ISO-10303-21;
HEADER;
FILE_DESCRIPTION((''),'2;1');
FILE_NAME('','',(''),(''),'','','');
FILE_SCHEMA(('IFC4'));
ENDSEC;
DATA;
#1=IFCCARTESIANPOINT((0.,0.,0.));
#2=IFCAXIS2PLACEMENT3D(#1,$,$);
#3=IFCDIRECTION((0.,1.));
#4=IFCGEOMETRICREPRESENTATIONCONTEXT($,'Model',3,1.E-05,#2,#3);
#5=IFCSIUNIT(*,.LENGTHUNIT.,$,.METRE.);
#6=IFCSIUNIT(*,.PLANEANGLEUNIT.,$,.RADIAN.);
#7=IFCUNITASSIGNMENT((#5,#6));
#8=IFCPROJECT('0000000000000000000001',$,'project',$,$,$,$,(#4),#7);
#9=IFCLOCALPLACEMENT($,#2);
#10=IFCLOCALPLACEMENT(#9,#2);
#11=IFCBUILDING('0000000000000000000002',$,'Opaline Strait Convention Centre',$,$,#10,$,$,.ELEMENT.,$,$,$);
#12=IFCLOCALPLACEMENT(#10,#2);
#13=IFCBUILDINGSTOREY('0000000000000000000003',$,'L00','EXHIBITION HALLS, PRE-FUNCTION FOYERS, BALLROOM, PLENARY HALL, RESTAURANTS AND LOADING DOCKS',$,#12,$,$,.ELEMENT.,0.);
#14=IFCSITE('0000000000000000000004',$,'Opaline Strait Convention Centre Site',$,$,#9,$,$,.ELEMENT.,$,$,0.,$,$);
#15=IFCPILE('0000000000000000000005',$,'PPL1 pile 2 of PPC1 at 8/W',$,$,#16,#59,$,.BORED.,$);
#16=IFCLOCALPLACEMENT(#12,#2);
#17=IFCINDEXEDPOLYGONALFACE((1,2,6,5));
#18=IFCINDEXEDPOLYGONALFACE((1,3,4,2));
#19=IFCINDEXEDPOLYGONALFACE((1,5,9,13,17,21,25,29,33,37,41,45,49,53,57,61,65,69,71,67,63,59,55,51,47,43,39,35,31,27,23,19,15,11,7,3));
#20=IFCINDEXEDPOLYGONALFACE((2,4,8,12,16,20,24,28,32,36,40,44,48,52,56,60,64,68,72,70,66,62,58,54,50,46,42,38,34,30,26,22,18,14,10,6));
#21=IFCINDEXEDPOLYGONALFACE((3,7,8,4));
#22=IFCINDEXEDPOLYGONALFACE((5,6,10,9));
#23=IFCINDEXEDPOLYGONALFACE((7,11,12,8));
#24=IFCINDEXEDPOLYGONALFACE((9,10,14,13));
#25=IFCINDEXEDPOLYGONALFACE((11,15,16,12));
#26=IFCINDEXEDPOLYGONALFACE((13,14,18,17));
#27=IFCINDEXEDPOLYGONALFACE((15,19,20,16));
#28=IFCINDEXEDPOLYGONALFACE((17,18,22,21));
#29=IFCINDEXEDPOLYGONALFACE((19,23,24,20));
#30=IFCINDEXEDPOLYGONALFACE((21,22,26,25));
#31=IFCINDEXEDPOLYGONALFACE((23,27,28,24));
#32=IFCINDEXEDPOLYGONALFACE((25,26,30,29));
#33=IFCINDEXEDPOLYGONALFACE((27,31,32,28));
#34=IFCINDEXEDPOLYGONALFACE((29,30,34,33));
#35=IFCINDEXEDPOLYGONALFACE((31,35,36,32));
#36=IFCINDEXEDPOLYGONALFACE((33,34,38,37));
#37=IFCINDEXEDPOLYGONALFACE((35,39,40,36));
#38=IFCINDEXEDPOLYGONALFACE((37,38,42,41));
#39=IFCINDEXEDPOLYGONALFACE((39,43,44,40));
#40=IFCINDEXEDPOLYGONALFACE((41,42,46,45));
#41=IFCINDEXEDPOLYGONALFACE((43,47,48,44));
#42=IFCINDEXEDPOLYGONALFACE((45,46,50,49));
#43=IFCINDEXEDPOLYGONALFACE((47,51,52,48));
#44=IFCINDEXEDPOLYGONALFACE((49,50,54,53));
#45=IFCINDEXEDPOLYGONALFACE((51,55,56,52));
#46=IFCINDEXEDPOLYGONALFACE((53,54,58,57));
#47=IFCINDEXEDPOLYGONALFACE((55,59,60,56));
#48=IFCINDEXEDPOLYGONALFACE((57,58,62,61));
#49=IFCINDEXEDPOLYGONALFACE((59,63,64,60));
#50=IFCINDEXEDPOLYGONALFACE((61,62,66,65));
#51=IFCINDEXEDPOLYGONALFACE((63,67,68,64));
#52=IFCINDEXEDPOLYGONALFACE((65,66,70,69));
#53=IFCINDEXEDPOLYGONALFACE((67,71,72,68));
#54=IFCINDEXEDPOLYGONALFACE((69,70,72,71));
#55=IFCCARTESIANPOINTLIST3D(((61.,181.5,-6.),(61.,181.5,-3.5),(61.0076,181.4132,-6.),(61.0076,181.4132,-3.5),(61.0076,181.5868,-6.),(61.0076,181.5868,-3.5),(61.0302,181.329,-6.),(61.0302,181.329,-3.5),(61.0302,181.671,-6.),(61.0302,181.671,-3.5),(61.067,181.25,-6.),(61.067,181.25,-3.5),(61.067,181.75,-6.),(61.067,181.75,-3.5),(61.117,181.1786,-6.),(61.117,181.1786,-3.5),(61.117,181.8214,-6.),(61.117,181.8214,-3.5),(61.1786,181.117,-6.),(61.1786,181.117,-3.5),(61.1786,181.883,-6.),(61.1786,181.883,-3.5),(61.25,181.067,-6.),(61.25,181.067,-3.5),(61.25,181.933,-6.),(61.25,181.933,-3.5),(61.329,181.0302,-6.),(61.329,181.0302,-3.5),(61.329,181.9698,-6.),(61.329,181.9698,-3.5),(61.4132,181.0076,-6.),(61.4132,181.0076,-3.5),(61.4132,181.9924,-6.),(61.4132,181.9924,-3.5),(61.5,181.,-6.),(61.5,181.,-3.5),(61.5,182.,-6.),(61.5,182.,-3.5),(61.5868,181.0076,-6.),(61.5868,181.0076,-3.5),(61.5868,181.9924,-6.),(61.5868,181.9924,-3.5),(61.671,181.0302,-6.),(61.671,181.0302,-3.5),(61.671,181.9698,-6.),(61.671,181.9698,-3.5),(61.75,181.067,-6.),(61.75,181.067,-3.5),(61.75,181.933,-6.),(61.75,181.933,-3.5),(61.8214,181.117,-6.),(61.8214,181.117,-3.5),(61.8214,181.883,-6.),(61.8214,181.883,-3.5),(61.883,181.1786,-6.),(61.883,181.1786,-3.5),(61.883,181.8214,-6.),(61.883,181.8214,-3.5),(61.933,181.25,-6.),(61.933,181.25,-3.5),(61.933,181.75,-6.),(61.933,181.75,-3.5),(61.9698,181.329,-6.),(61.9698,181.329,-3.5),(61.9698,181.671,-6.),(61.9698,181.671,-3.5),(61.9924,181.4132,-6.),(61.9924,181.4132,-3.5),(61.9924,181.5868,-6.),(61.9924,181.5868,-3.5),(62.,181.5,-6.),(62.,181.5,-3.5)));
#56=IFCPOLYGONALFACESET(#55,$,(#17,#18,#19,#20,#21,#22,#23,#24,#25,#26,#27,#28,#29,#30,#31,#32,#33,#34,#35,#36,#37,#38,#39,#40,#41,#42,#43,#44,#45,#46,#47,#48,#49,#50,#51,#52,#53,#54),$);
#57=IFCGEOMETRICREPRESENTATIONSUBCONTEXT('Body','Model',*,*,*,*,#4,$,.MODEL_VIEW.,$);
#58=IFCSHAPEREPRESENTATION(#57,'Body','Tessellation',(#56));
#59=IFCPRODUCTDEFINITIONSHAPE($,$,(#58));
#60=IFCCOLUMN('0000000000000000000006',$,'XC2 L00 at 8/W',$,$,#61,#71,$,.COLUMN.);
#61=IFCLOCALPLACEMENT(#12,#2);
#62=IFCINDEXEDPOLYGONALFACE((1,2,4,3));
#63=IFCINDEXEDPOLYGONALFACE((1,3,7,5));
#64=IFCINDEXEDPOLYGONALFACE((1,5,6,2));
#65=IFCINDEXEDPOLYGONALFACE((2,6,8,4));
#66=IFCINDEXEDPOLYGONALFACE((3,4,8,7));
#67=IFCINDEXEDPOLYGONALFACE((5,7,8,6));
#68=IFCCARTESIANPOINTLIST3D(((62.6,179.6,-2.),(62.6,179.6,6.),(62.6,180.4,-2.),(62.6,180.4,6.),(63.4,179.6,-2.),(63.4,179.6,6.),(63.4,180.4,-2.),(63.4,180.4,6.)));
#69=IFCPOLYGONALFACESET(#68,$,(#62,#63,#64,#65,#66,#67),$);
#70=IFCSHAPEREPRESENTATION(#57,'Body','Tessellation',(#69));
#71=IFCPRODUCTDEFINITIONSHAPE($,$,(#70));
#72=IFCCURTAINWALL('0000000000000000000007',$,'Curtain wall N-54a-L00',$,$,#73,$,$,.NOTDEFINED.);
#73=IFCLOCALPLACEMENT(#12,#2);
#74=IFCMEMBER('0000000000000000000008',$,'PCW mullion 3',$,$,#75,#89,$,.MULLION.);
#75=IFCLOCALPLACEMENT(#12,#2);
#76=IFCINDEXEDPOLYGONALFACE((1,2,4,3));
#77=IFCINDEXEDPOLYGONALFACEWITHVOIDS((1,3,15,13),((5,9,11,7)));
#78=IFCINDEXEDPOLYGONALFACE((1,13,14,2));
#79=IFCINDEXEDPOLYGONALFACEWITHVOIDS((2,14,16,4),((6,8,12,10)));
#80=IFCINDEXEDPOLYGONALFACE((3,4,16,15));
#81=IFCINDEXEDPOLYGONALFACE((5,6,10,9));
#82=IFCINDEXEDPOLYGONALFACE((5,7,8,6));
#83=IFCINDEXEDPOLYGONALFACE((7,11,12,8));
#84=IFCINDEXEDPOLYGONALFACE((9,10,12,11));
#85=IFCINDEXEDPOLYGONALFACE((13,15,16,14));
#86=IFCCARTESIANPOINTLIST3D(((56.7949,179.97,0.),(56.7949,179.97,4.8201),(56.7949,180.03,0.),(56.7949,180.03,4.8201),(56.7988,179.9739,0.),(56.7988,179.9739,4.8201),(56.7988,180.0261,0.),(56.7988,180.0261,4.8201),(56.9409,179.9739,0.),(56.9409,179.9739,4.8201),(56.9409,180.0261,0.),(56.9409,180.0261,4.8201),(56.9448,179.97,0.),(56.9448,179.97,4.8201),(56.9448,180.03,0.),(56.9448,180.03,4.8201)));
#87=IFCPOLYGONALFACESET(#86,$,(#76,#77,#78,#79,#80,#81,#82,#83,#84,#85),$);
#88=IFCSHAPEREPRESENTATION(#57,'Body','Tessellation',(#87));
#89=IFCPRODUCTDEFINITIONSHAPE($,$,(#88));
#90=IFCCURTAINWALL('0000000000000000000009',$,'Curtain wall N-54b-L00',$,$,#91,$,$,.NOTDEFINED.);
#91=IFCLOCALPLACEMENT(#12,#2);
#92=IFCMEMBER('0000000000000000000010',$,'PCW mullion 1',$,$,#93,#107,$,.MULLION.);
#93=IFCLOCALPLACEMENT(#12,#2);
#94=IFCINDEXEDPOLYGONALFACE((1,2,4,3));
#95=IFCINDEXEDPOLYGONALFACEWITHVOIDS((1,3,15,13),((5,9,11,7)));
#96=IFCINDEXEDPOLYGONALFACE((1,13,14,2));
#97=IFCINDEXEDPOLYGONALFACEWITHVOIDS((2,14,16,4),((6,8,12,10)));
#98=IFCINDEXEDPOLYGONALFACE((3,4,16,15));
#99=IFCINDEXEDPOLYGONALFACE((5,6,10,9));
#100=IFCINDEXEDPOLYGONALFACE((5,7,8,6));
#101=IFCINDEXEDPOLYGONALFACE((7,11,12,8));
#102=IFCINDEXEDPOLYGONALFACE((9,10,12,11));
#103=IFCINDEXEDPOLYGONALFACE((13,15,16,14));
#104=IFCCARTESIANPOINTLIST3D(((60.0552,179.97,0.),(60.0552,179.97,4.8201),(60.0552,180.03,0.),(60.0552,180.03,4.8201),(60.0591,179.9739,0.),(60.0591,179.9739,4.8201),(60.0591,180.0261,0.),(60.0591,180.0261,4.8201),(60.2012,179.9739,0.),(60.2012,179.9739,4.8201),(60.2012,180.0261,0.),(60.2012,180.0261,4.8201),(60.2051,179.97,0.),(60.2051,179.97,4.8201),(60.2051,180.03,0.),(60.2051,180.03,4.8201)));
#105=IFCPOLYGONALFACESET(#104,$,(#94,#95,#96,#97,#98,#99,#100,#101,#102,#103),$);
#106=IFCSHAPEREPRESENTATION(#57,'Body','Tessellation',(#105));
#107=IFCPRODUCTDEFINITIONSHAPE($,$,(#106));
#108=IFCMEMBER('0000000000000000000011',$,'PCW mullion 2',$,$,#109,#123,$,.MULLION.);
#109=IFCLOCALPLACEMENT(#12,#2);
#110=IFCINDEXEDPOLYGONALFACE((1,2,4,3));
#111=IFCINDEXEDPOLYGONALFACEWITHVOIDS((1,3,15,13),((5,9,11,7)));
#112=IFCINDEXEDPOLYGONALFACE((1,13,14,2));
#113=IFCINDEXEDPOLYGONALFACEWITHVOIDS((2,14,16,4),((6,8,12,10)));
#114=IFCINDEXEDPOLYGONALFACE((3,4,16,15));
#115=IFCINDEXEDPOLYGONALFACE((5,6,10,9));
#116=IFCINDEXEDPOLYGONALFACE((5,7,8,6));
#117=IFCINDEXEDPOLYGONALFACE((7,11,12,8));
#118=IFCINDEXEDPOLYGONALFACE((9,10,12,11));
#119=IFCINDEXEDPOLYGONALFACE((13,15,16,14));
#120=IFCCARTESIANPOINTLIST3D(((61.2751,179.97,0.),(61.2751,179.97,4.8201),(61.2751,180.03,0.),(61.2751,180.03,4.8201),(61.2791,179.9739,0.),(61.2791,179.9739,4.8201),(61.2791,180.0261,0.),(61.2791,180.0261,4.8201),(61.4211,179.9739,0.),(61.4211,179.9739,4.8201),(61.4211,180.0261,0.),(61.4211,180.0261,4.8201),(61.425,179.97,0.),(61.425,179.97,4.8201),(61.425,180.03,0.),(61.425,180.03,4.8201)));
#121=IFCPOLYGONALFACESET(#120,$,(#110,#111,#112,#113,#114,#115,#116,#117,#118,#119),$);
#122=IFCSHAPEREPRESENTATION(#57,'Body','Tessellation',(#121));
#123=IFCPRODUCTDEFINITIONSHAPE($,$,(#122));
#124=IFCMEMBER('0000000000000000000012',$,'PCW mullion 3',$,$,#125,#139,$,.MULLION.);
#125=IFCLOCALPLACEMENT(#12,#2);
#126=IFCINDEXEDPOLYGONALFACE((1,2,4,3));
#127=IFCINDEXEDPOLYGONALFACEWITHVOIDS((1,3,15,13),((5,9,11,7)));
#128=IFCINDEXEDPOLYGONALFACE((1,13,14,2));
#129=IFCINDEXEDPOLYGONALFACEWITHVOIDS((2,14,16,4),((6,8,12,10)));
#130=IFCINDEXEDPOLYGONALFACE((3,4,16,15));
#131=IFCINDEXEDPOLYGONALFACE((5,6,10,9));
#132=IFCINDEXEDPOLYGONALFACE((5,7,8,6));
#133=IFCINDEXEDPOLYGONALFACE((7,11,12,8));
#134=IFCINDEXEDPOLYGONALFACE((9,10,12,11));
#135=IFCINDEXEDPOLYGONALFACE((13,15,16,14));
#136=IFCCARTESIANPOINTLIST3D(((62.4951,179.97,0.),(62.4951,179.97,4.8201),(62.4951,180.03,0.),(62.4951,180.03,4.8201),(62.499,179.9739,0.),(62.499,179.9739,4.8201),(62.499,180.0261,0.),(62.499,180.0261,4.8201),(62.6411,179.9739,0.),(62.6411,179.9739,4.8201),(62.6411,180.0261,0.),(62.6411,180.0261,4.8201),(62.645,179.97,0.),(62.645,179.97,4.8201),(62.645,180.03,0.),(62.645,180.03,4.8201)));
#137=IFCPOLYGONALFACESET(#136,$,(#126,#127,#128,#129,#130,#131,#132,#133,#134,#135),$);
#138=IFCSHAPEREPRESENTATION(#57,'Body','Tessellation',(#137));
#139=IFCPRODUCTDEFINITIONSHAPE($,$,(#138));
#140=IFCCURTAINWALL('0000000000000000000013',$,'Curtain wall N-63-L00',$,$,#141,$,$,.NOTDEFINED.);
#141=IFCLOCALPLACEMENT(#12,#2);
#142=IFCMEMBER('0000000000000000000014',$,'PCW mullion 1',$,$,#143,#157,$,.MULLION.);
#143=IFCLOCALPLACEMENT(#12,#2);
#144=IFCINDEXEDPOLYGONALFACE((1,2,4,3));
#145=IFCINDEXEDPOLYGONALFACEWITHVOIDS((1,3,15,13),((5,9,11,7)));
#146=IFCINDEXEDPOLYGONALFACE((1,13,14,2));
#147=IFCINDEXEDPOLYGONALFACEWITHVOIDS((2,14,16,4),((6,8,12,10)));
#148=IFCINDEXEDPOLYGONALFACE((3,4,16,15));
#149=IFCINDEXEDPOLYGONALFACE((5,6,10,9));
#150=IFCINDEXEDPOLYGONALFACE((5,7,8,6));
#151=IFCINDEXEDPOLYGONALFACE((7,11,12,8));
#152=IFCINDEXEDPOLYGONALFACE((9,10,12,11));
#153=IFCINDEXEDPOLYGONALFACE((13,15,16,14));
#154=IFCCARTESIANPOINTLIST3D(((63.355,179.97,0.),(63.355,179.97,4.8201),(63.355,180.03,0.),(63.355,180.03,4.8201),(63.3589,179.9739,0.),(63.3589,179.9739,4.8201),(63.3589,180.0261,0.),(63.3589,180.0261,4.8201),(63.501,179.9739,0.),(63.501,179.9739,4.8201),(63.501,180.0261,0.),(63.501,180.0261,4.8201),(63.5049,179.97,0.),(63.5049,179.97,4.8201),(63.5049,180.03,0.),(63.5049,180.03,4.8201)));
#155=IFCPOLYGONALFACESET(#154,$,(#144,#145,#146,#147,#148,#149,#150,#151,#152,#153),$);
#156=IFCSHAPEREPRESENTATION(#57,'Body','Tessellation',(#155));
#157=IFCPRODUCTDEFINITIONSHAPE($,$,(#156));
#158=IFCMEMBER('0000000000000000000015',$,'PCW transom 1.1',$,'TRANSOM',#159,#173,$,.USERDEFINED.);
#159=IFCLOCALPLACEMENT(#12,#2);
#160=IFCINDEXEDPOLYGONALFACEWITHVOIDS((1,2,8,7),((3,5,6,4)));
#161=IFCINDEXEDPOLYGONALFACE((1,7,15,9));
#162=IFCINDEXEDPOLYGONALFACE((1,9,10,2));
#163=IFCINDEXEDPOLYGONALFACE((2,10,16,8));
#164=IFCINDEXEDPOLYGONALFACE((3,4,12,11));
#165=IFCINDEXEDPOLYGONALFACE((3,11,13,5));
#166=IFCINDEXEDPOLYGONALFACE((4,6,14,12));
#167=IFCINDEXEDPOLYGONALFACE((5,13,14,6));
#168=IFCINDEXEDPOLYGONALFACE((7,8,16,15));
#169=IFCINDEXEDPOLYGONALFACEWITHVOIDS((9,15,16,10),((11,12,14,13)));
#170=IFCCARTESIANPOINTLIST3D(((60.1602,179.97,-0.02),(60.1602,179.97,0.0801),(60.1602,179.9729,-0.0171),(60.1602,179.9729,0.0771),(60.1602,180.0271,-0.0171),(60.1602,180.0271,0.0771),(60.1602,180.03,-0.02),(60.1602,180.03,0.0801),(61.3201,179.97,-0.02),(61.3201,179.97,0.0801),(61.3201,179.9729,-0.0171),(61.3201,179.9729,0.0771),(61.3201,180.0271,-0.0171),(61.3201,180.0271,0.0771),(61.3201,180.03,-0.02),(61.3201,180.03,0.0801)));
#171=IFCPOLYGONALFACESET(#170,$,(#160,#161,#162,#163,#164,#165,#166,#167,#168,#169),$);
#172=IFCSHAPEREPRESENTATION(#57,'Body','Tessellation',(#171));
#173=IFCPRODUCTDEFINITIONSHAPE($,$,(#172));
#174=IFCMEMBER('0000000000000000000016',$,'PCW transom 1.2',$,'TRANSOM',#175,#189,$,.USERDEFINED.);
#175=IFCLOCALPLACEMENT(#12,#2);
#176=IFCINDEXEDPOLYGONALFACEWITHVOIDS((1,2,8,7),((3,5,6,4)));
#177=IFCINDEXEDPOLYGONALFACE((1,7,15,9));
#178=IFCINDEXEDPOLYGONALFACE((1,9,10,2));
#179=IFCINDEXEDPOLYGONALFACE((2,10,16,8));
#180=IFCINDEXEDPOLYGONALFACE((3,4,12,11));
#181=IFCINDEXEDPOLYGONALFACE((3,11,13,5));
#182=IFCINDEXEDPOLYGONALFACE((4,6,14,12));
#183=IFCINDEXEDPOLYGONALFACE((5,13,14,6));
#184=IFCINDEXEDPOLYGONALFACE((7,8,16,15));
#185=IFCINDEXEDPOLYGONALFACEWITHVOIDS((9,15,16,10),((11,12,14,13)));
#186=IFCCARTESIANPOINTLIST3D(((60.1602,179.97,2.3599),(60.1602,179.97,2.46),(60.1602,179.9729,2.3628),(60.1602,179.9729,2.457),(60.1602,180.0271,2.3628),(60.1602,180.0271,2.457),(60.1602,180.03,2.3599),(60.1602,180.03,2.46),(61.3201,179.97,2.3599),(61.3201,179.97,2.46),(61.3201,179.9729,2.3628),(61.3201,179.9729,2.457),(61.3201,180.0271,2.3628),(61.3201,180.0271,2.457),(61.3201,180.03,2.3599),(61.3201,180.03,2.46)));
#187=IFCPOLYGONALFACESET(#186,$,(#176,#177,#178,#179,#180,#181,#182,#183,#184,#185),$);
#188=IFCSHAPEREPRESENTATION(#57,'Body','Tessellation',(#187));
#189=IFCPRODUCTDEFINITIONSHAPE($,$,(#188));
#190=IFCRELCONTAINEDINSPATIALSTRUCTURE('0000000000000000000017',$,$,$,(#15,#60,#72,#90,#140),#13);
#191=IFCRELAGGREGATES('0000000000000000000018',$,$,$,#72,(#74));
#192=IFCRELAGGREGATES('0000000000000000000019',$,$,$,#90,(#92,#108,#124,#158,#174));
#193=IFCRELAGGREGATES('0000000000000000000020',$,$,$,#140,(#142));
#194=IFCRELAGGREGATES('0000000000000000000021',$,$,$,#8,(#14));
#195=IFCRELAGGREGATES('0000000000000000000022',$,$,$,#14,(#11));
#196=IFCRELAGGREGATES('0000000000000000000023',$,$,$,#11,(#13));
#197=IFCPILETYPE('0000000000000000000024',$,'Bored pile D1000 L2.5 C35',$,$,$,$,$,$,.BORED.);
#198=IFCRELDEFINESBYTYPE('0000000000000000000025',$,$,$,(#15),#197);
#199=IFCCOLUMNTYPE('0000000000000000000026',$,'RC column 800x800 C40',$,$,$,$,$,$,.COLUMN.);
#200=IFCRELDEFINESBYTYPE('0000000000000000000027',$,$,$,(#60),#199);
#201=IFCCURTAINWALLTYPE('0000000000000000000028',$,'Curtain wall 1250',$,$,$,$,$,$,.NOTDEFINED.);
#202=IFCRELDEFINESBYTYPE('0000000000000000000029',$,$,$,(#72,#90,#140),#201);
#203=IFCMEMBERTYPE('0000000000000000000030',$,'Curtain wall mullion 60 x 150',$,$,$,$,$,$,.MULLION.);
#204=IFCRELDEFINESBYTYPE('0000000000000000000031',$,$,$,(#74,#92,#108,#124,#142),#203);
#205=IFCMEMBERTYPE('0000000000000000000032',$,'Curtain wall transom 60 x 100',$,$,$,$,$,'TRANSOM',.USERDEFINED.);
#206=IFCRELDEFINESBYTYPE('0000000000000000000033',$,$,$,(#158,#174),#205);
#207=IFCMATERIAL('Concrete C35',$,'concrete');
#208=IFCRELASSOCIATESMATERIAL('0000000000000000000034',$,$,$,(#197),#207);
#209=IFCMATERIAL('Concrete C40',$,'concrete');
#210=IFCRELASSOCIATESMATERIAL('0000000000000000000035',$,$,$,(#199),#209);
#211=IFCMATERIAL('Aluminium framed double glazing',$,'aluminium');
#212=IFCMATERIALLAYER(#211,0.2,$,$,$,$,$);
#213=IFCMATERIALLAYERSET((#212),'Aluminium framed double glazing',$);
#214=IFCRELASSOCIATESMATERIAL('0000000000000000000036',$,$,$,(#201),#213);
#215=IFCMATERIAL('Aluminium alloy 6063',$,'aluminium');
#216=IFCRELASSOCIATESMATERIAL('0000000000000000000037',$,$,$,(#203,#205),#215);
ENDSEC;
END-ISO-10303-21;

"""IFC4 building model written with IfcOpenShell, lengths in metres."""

from ifc_helpers import new_model, si_unit, direction, frame, origin, origin_2d, place, context, subcontext, project, spatial, rectangle, hollow_rectangle, circle, extrude, material, layer, layer_set, material_profile, profile_set, type_object, element, aggregate, save


model = new_model("IFC4")

# Units and contexts
model_context = context("Model", 3, precision=1e-05, world=origin(), true_north=direction((0.0, 1.0)))
body_context = subcontext(model_context, "Body", "Model", "MODEL_VIEW")
ifc_project = project(units=[si_unit("LENGTHUNIT", "METRE"), si_unit("PLANEANGLEUNIT", "RADIAN")], contexts=[model_context])

# Site, building, storey
site_placement = place(None, origin())
site = spatial("IfcSite", under=ifc_project, at=site_placement, Name="Opaline Strait Convention Centre Site", CompositionType="ELEMENT", RefElevation=0.0)
building_placement = place(site_placement, origin())
building = spatial("IfcBuilding", under=site, at=building_placement, Name="Opaline Strait Convention Centre", CompositionType="ELEMENT")
storey_placement = place(building_placement, origin())
storey = spatial("IfcBuildingStorey", under=building, at=storey_placement, Name="L00", Description="EXHIBITION HALLS, PRE-FUNCTION FOYERS, BALLROOM, PLENARY HALL, RESTAURANTS AND LOADING DOCKS", CompositionType="ELEMENT", Elevation=0.0)

# Pile
ifc_material_1 = material(Name="Concrete C35", Category="concrete")
ifc_material_profile_1 = material_profile(ifc_material_1, circle(Radius=0.5, at=origin_2d()), Name="D1000")
ifc_profile_set_1 = profile_set([ifc_material_profile_1], Name="Concrete C35")
pile_type = type_object("IfcPileType", Name="Bored pile D1000 L2.5 C35", PredefinedType="BORED", material=ifc_profile_set_1)
pile_placement = place(storey_placement, frame((61.5, 181.5, -3.5), z_axis=(0.0, 0.0, -1.0), x_axis=(1.0, 0.0, 0.0)))
element("IfcPile", 1, at=pile_placement, inside=storey, type_object=pile_type, Name="PPL1 pile 2 of PPC1 at 8/W", PredefinedType="BORED", context=body_context, shape_type="SweptSolid", body=[
    extrude(circle(Radius=0.5, at=origin_2d()), origin(), (0.0, 0.0, 1.0), 2.5),
])

# Column
ifc_material_2 = material(Name="Concrete C40", Category="concrete")
ifc_material_profile_2 = material_profile(ifc_material_2, rectangle(XDim=0.8, YDim=0.8, at=origin_2d()), Name="RC 800x800")
ifc_profile_set_2 = profile_set([ifc_material_profile_2], Name="Concrete C40")
column_type = type_object("IfcColumnType", Name="RC column 800x800 C40", PredefinedType="COLUMN", material=ifc_profile_set_2)
column_placement = place(storey_placement, frame((63.0, 180.0, -2.0), z_axis=(0.0, 0.0, 1.0), x_axis=(1.0, 0.0, 0.0)))
element("IfcColumn", 2, at=column_placement, inside=storey, type_object=column_type, Name="XC2 L00 at 8/W", PredefinedType="COLUMN", context=body_context, shape_type="SweptSolid", body=[
    extrude(rectangle(XDim=0.8, YDim=0.8, at=origin_2d()), origin(), (0.0, 0.0, 1.0), 8.0),
])

# Curtain wall, member
ifc_material_3 = material(Name="Aluminium framed double glazing", Category="aluminium")
ifc_layer_1 = layer(ifc_material_3, 0.2)
ifc_layer_set_1 = layer_set([ifc_layer_1], Name="Aluminium framed double glazing")
curtain_wall_type = type_object("IfcCurtainWallType", Name="Curtain wall 1250", PredefinedType="NOTDEFINED", material=ifc_layer_set_1)
curtain_wall_1_placement = place(storey_placement, origin())
curtain_wall_1 = element("IfcCurtainWall", 3, at=curtain_wall_1_placement, inside=storey, type_object=curtain_wall_type, Name="Curtain wall N-54a-L00", PredefinedType="NOTDEFINED")
ifc_material_4 = material(Name="Aluminium alloy 6063", Category="aluminium")
ifc_material_profile_3 = material_profile(ifc_material_4, hollow_rectangle(XDim=0.0601, YDim=0.1499, WallThickness=0.0039, at=origin_2d()), Name="MULLION 60x150x4")
ifc_profile_set_3 = profile_set([ifc_material_profile_3], Name="Aluminium alloy 6063")
member_type_1 = type_object("IfcMemberType", Name="Curtain wall mullion 60 x 150", PredefinedType="MULLION", material=ifc_profile_set_3)
member_1_placement = place(storey_placement, frame((56.8699, 180.0, 0.0), z_axis=(0.0, 0.0, 1.0), x_axis=(0.0, 1.0, 0.0)))
member_1 = element("IfcMember", 4, at=member_1_placement, type_object=member_type_1, Name="PCW mullion 3", PredefinedType="MULLION", context=body_context, shape_type="SweptSolid", body=[
    extrude(hollow_rectangle(XDim=0.0601, YDim=0.1499, WallThickness=0.0039, at=origin_2d()), origin(), (0.0, 0.0, 1.0), 4.8201),
])

# Curtain wall, members
curtain_wall_2_placement = place(storey_placement, origin())
curtain_wall_2 = element("IfcCurtainWall", 5, at=curtain_wall_2_placement, inside=storey, type_object=curtain_wall_type, Name="Curtain wall N-54b-L00", PredefinedType="NOTDEFINED")
member_2_placement = place(storey_placement, frame((60.1301, 180.0, 0.0), z_axis=(0.0, 0.0, 1.0), x_axis=(0.0, 1.0, 0.0)))
member_2 = element("IfcMember", 6, at=member_2_placement, type_object=member_type_1, Name="PCW mullion 1", PredefinedType="MULLION", context=body_context, shape_type="SweptSolid", body=[
    extrude(hollow_rectangle(XDim=0.0601, YDim=0.1499, WallThickness=0.0039, at=origin_2d()), origin(), (0.0, 0.0, 1.0), 4.8201),
])
member_3_placement = place(storey_placement, frame((61.3501, 180.0, 0.0), z_axis=(0.0, 0.0, 1.0), x_axis=(0.0, 1.0, 0.0)))
member_3 = element("IfcMember", 7, at=member_3_placement, type_object=member_type_1, Name="PCW mullion 2", PredefinedType="MULLION", context=body_context, shape_type="SweptSolid", body=[
    extrude(hollow_rectangle(XDim=0.0601, YDim=0.1499, WallThickness=0.0039, at=origin_2d()), origin(), (0.0, 0.0, 1.0), 4.8201),
])
member_4_placement = place(storey_placement, frame((62.5701, 180.0, 0.0), z_axis=(0.0, 0.0, 1.0), x_axis=(0.0, 1.0, 0.0)))
member_4 = element("IfcMember", 8, at=member_4_placement, type_object=member_type_1, Name="PCW mullion 3", PredefinedType="MULLION", context=body_context, shape_type="SweptSolid", body=[
    extrude(hollow_rectangle(XDim=0.0601, YDim=0.1499, WallThickness=0.0039, at=origin_2d()), origin(), (0.0, 0.0, 1.0), 4.8201),
])

# Curtain wall, member
curtain_wall_3_placement = place(storey_placement, origin())
curtain_wall_3 = element("IfcCurtainWall", 9, at=curtain_wall_3_placement, inside=storey, type_object=curtain_wall_type, Name="Curtain wall N-63-L00", PredefinedType="NOTDEFINED")
member_5_placement = place(storey_placement, frame((63.4299, 180.0, 0.0), z_axis=(0.0, 0.0, 1.0), x_axis=(0.0, 1.0, 0.0)))
member_5 = element("IfcMember", 10, at=member_5_placement, type_object=member_type_1, Name="PCW mullion 1", PredefinedType="MULLION", context=body_context, shape_type="SweptSolid", body=[
    extrude(hollow_rectangle(XDim=0.0601, YDim=0.1499, WallThickness=0.0039, at=origin_2d()), origin(), (0.0, 0.0, 1.0), 4.8201),
])

# Members
ifc_material_profile_4 = material_profile(ifc_material_4, hollow_rectangle(XDim=0.0601, YDim=0.1001, WallThickness=0.0029, at=origin_2d()), Name="TRANSOM 60x100x3")
ifc_profile_set_4 = profile_set([ifc_material_profile_4], Name="Aluminium alloy 6063")
member_type_2 = type_object("IfcMemberType", Name="Curtain wall transom 60 x 100", ElementType="TRANSOM", PredefinedType="USERDEFINED", material=ifc_profile_set_4)
member_6_placement = place(storey_placement, frame((60.1602, 180.0, 0.03), z_axis=(1.0, 0.0, 0.0), x_axis=(0.0, 1.0, 0.0)))
member_6 = element("IfcMember", 11, at=member_6_placement, type_object=member_type_2, Name="PCW transom 1.1", ObjectType="TRANSOM", PredefinedType="USERDEFINED", context=body_context, shape_type="SweptSolid", body=[
    extrude(hollow_rectangle(XDim=0.0601, YDim=0.1001, WallThickness=0.0029, at=origin_2d()), origin(), (0.0, 0.0, 1.0), 1.1599),
])
member_7_placement = place(storey_placement, frame((60.1602, 180.0, 2.4099), z_axis=(1.0, 0.0, 0.0), x_axis=(0.0, 1.0, 0.0)))
member_7 = element("IfcMember", 12, at=member_7_placement, type_object=member_type_2, Name="PCW transom 1.2", ObjectType="TRANSOM", PredefinedType="USERDEFINED", context=body_context, shape_type="SweptSolid", body=[
    extrude(hollow_rectangle(XDim=0.0601, YDim=0.1001, WallThickness=0.0029, at=origin_2d()), origin(), (0.0, 0.0, 1.0), 1.1599),
])

aggregate(curtain_wall_1, [member_1])
aggregate(curtain_wall_2, [member_2, member_3, member_4, member_6, member_7])
aggregate(curtain_wall_3, [member_5])

save(model, "model.ifc")
